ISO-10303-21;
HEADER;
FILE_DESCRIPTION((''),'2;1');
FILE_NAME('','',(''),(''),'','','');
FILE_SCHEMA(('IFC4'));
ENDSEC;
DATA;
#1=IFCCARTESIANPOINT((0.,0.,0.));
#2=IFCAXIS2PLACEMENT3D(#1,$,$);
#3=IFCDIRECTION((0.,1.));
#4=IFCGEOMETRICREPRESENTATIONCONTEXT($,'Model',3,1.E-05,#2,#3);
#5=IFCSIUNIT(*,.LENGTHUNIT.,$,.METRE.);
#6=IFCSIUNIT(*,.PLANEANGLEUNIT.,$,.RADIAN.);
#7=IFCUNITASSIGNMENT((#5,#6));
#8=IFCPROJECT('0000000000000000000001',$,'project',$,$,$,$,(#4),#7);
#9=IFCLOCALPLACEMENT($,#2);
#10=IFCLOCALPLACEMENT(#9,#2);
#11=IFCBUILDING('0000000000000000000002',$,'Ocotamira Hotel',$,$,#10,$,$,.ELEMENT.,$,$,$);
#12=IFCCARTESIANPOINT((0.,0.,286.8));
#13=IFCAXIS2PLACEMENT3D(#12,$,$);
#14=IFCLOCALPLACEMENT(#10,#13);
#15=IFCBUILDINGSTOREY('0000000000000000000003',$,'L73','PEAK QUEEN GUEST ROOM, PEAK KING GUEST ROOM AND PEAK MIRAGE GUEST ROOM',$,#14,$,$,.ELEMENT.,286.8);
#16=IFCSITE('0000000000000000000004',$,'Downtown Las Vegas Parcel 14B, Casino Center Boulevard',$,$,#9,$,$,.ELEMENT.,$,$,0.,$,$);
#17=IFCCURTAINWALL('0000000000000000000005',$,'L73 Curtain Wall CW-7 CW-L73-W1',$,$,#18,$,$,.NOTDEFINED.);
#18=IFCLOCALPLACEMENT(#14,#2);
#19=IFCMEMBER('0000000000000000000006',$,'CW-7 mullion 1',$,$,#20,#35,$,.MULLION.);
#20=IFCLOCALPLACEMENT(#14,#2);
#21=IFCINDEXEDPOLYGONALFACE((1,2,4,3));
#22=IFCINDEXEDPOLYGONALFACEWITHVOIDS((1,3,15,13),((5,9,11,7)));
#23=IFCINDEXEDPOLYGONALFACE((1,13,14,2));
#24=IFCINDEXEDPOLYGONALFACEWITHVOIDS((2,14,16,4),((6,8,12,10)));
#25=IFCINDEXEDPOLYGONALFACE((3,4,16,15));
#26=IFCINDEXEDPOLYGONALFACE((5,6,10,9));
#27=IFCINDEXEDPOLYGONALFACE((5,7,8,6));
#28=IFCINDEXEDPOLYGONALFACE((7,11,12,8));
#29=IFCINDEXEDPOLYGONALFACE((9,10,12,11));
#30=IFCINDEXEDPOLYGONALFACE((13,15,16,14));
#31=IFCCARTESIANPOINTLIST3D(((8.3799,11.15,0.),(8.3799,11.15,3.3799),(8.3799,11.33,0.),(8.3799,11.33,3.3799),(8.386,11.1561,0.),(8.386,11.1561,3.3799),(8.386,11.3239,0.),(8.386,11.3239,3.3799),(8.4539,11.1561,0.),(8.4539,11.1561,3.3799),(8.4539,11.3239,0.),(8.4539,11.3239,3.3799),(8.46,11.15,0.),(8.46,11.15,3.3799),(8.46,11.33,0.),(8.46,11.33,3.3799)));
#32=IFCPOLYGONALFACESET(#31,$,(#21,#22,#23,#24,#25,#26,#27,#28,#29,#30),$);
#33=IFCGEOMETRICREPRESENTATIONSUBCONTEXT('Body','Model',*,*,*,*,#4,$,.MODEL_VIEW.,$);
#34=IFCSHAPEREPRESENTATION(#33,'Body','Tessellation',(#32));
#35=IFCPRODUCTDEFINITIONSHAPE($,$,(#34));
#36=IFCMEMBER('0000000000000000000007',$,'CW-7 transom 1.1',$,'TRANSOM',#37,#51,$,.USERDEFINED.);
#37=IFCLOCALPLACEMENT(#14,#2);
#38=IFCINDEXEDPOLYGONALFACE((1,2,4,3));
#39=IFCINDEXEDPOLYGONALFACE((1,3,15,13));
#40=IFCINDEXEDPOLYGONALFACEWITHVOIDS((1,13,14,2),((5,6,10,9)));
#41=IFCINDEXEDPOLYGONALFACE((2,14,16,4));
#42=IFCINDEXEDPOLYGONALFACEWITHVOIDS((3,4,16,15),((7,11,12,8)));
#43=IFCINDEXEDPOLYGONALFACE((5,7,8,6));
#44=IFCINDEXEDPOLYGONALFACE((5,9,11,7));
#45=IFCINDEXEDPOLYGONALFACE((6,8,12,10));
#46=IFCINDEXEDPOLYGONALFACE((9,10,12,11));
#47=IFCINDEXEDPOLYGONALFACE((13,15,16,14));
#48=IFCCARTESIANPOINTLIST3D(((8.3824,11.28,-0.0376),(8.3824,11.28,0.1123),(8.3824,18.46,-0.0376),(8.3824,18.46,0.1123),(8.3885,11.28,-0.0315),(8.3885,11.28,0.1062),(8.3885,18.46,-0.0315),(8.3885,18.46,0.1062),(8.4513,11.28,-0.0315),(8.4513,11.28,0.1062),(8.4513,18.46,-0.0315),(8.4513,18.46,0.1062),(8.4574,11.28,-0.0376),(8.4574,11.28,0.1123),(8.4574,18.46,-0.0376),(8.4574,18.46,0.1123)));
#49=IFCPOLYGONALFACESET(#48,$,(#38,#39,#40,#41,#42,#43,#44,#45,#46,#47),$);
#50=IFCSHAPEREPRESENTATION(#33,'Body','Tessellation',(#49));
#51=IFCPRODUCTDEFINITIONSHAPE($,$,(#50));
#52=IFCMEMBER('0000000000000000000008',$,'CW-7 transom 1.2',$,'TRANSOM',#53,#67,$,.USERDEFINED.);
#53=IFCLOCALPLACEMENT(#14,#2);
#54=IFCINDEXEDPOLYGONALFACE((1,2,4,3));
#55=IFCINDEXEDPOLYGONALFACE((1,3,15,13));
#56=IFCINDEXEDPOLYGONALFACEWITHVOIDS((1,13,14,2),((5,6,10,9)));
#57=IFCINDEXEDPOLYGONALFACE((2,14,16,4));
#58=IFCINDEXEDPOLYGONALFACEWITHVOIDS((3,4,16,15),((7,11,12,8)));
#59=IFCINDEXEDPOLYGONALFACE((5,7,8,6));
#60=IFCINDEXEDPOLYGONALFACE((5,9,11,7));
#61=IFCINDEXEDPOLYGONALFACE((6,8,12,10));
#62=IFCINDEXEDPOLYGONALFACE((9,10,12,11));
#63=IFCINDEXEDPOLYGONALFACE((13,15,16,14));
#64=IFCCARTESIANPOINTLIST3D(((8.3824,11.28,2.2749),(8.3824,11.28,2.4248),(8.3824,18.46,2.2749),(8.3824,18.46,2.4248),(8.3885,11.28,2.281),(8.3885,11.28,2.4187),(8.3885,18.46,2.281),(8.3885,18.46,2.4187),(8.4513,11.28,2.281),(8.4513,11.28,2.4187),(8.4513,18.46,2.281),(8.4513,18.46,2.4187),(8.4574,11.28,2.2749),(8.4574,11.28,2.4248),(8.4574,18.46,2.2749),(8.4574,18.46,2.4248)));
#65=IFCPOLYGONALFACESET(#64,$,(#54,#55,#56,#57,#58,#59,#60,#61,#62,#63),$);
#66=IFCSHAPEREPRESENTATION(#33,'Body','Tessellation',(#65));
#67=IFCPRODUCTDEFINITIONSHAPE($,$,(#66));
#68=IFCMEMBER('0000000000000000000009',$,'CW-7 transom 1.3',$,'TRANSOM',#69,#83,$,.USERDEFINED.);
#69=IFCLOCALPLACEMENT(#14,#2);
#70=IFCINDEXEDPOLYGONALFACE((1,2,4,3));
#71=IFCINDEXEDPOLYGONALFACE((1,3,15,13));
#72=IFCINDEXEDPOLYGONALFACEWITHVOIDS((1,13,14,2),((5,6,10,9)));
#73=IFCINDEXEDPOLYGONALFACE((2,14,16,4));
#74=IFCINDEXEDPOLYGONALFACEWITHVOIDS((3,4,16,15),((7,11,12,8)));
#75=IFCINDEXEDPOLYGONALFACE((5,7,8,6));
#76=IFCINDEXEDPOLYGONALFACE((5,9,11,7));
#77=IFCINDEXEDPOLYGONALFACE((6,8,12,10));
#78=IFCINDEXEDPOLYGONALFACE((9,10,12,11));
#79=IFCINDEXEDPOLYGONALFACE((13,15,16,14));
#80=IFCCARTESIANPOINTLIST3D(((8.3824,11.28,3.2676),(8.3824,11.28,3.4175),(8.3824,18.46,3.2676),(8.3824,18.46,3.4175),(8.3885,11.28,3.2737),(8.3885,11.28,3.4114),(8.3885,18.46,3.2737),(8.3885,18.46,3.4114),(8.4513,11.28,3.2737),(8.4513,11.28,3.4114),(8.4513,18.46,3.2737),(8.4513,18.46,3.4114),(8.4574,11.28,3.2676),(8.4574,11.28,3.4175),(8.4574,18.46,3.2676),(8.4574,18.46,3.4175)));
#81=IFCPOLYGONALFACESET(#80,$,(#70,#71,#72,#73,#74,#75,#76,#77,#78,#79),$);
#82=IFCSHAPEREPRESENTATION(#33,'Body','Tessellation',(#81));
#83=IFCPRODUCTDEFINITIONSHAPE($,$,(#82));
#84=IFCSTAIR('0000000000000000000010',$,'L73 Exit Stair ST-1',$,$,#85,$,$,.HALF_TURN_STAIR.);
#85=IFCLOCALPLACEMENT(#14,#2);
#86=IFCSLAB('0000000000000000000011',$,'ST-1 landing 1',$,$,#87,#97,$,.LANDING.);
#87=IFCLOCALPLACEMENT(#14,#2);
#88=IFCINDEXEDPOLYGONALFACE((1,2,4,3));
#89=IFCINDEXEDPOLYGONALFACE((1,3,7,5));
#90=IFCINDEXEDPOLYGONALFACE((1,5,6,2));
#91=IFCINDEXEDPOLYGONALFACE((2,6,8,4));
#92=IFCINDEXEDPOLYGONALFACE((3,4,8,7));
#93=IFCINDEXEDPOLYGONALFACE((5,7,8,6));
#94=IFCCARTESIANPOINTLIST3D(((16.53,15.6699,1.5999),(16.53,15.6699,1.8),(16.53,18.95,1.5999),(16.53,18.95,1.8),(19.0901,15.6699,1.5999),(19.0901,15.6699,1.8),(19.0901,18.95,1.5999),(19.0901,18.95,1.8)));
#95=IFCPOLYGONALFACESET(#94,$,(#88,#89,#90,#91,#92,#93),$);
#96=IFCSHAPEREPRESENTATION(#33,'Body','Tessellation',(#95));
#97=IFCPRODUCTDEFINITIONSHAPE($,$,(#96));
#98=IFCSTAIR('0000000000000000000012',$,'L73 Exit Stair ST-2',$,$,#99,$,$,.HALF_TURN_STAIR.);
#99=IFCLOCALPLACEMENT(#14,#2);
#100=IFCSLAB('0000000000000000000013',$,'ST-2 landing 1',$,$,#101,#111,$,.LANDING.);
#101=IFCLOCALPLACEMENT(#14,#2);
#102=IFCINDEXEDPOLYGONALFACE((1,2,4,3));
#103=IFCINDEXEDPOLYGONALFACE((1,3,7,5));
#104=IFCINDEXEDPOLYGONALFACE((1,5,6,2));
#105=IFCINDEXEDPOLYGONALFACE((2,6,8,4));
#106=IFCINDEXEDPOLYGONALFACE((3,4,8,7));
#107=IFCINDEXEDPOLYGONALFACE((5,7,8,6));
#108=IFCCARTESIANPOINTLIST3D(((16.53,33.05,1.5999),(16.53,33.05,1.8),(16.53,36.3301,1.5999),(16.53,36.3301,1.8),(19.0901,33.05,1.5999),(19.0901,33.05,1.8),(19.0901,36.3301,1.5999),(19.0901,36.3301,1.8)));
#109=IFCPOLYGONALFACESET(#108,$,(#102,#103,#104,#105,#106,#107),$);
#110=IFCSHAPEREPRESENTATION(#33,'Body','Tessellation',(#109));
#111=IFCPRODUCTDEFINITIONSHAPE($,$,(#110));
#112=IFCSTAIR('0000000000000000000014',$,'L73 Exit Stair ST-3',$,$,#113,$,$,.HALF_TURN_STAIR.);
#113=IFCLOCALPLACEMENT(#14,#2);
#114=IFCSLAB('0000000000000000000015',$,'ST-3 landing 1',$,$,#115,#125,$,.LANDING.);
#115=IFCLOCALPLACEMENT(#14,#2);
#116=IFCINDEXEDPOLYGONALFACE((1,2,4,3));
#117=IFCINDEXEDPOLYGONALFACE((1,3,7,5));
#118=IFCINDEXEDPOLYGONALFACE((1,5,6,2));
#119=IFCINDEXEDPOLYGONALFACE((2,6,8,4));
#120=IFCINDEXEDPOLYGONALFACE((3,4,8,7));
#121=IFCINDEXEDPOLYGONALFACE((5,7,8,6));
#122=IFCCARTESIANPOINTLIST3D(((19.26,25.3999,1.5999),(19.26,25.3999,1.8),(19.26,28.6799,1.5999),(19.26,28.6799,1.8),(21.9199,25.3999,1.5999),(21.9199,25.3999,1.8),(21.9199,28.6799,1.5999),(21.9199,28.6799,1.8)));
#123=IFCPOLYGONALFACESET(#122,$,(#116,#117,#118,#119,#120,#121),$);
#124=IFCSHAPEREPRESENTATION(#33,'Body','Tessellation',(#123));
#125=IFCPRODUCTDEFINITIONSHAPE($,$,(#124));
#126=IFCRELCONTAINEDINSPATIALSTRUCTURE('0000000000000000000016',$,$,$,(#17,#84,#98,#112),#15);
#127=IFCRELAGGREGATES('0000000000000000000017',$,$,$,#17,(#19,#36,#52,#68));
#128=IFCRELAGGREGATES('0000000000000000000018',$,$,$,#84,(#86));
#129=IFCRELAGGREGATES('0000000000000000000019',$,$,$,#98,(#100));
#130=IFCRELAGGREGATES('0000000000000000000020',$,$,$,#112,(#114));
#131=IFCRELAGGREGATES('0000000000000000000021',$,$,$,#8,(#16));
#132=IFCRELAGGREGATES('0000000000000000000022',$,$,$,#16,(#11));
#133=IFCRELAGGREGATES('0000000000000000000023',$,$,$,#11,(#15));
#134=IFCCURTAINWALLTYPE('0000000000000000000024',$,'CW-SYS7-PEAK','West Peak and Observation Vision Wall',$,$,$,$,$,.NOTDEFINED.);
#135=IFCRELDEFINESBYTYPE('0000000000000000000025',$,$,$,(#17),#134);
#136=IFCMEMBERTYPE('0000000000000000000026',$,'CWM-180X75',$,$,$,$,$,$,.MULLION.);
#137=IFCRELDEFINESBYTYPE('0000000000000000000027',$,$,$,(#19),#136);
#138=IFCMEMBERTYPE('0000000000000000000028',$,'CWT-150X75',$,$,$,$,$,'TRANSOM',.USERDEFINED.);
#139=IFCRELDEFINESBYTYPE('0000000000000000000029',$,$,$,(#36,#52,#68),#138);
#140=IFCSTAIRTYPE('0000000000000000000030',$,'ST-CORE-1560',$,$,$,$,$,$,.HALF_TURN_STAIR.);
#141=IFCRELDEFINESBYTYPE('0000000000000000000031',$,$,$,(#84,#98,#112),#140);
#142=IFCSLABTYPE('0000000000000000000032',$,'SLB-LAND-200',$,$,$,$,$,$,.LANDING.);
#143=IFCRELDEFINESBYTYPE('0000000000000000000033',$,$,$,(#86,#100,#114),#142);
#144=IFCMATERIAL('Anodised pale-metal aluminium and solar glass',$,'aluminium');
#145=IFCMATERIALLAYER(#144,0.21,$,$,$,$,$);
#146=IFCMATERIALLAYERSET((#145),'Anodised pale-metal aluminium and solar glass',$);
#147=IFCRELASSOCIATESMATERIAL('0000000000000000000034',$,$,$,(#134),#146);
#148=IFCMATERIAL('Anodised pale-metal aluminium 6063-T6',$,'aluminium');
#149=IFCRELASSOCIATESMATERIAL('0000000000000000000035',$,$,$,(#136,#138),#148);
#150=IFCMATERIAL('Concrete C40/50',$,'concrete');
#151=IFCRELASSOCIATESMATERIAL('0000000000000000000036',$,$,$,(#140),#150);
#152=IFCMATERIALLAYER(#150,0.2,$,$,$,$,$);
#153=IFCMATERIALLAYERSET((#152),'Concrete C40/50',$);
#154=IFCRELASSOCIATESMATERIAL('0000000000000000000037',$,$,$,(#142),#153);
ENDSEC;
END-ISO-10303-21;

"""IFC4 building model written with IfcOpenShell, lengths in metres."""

from ifc_helpers import new_model, si_unit, direction, frame, origin, origin_2d, place, context, subcontext, project, spatial, polyline, hollow_rectangle, outline, extrude, source, transform, mapped, material, layer, layer_set, material_profile, profile_set, type_object, element, aggregate, save


model = new_model("IFC4")

# Units and contexts
model_context = context("Model", 3, precision=1e-05, world=origin(), true_north=direction((0.0, 1.0)))
body_context = subcontext(model_context, "Body", "Model", "MODEL_VIEW")
ifc_project = project(units=[si_unit("LENGTHUNIT", "METRE"), si_unit("PLANEANGLEUNIT", "RADIAN")], contexts=[model_context])

# Site, building, storey
site_placement = place(None, origin())
site = spatial("IfcSite", under=ifc_project, at=site_placement, Name="Downtown Las Vegas Parcel 14B, Casino Center Boulevard", CompositionType="ELEMENT", RefElevation=0.0)
building_placement = place(site_placement, origin())
building = spatial("IfcBuilding", under=site, at=building_placement, Name="Ocotamira Hotel", CompositionType="ELEMENT")
storey_placement = place(building_placement, frame((0.0, 0.0, 286.8)))
storey = spatial("IfcBuildingStorey", under=building, at=storey_placement, Name="L73", Description="PEAK QUEEN GUEST ROOM, PEAK KING GUEST ROOM AND PEAK MIRAGE GUEST ROOM", CompositionType="ELEMENT", Elevation=286.8)

# Curtain wall, members
ifc_material_1 = material(Name="Anodised pale-metal aluminium and solar glass", Category="aluminium")
ifc_layer_1 = layer(ifc_material_1, 0.21)
ifc_layer_set_1 = layer_set([ifc_layer_1], Name="Anodised pale-metal aluminium and solar glass")
curtain_wall_type = type_object("IfcCurtainWallType", Name="CW-SYS7-PEAK", Description="West Peak and Observation Vision Wall", PredefinedType="NOTDEFINED", material=ifc_layer_set_1)
curtain_wall_placement = place(storey_placement, origin())
curtain_wall = element("IfcCurtainWall", 1, at=curtain_wall_placement, inside=storey, type_object=curtain_wall_type, Name="L73 Curtain Wall CW-7 CW-L73-W1", PredefinedType="NOTDEFINED")
ifc_material_2 = material(Name="Anodised pale-metal aluminium 6063-T6", Category="aluminium")
ifc_material_profile_1 = material_profile(ifc_material_2, hollow_rectangle(XDim=0.0801, YDim=0.1799, WallThickness=0.0061, at=origin_2d()), Name="HSS180X80X6")
ifc_profile_set_1 = profile_set([ifc_material_profile_1], Name="Anodised pale-metal aluminium 6063-T6")
member_type_1 = type_object("IfcMemberType", Name="CWM-180X75", PredefinedType="MULLION", material=ifc_profile_set_1)
shared_shape_1 = source(origin(), body_context, "Body", "SweptSolid", [
    extrude(hollow_rectangle(XDim=0.0801, YDim=0.1799, WallThickness=0.0061, at=origin_2d()), origin(), (0.0, 0.0, 1.0), 3.3799),
])
member_1_placement = place(storey_placement, frame((8.4199, 11.24, 0.0), z_axis=(0.0, 0.0, 1.0), x_axis=(-1.0, 0.0, 0.0)))
member_1 = element("IfcMember", 2, at=member_1_placement, type_object=member_type_1, Name="CW-7 mullion 1", PredefinedType="MULLION", context=body_context, shape_type="MappedRepresentation", body=[
    mapped(shared_shape_1, transform((0.0, 0.0, 0.0), scale=1.0)),
])
ifc_material_profile_2 = material_profile(ifc_material_2, hollow_rectangle(XDim=0.075, YDim=0.1499, WallThickness=0.0061, at=origin_2d()), Name="HSS150X75X6")
ifc_profile_set_2 = profile_set([ifc_material_profile_2], Name="Anodised pale-metal aluminium 6063-T6")
member_type_2 = type_object("IfcMemberType", Name="CWT-150X75", ElementType="TRANSOM", PredefinedType="USERDEFINED", material=ifc_profile_set_2)
shared_shape_2 = source(origin(), body_context, "Body", "SweptSolid", [
    extrude(hollow_rectangle(XDim=0.075, YDim=0.1499, WallThickness=0.0061, at=origin_2d()), origin(), (0.0, 0.0, 1.0), 7.1799),
])
member_2_placement = place(storey_placement, frame((8.4199, 11.28, 0.0374), z_axis=(0.0, 1.0, 0.0), x_axis=(-1.0, 0.0, 0.0)))
member_2 = element("IfcMember", 3, at=member_2_placement, type_object=member_type_2, Name="CW-7 transom 1.1", ObjectType="TRANSOM", PredefinedType="USERDEFINED", context=body_context, shape_type="MappedRepresentation", body=[
    mapped(shared_shape_2, transform((0.0, 0.0, 0.0), scale=1.0)),
])
member_3_placement = place(storey_placement, frame((8.4199, 11.28, 2.3499), z_axis=(0.0, 1.0, 0.0), x_axis=(-1.0, 0.0, 0.0)))
member_3 = element("IfcMember", 4, at=member_3_placement, type_object=member_type_2, Name="CW-7 transom 1.2", ObjectType="TRANSOM", PredefinedType="USERDEFINED", context=body_context, shape_type="MappedRepresentation", body=[
    mapped(shared_shape_2, transform((0.0, 0.0, 0.0), scale=1.0)),
])
member_4_placement = place(storey_placement, frame((8.4199, 11.28, 3.3425), z_axis=(0.0, 1.0, 0.0), x_axis=(-1.0, 0.0, 0.0)))
member_4 = element("IfcMember", 5, at=member_4_placement, type_object=member_type_2, Name="CW-7 transom 1.3", ObjectType="TRANSOM", PredefinedType="USERDEFINED", context=body_context, shape_type="MappedRepresentation", body=[
    mapped(shared_shape_2, transform((0.0, 0.0, 0.0), scale=1.0)),
])
aggregate(curtain_wall, [member_1, member_2, member_3, member_4])

# Stairs, slabs
ifc_material_3 = material(Name="Concrete C40/50", Category="concrete")
stair_type = type_object("IfcStairType", Name="ST-CORE-1560", PredefinedType="HALF_TURN_STAIR", material=ifc_material_3)
stair_1_placement = place(storey_placement, origin())
stair_1 = element("IfcStair", 6, at=stair_1_placement, inside=storey, type_object=stair_type, Name="L73 Exit Stair ST-1", PredefinedType="HALF_TURN_STAIR")
ifc_layer_2 = layer(ifc_material_3, 0.2)
ifc_layer_set_2 = layer_set([ifc_layer_2], Name="Concrete C40/50")
slab_type_1 = type_object("IfcSlabType", Name="SLB-LAND-200", PredefinedType="LANDING", material=ifc_layer_set_2)
slab_1_placement = place(storey_placement, frame((0.0, 0.0, 1.5999)))
slab_1 = element("IfcSlab", 7, at=slab_1_placement, type_object=slab_type_1, Name="ST-1 landing 1", PredefinedType="LANDING", context=body_context, shape_type="SweptSolid", body=[
    extrude(outline(polyline([(16.53, 15.6699), (19.0901, 15.6699), (19.0901, 18.95), (16.53, 18.95), (16.53, 15.6699)])), origin(), (0.0, 0.0, 1.0), 0.2002),
])
aggregate(stair_1, [slab_1])
stair_2_placement = place(storey_placement, origin())
stair_2 = element("IfcStair", 8, at=stair_2_placement, inside=storey, type_object=stair_type, Name="L73 Exit Stair ST-2", PredefinedType="HALF_TURN_STAIR")
slab_2_placement = place(storey_placement, frame((0.0, 0.0, 1.5999)))
slab_2 = element("IfcSlab", 9, at=slab_2_placement, type_object=slab_type_1, Name="ST-2 landing 1", PredefinedType="LANDING", context=body_context, shape_type="SweptSolid", body=[
    extrude(outline(polyline([(16.53, 33.05), (19.0901, 33.05), (19.0901, 36.3301), (16.53, 36.3301), (16.53, 33.05)])), origin(), (0.0, 0.0, 1.0), 0.2002),
])
aggregate(stair_2, [slab_2])
stair_3_placement = place(storey_placement, origin())
stair_3 = element("IfcStair", 10, at=stair_3_placement, inside=storey, type_object=stair_type, Name="L73 Exit Stair ST-3", PredefinedType="HALF_TURN_STAIR")
slab_3_placement = place(storey_placement, frame((0.0, 0.0, 1.5999)))
slab_3 = element("IfcSlab", 11, at=slab_3_placement, type_object=slab_type_1, Name="ST-3 landing 1", PredefinedType="LANDING", context=body_context, shape_type="SweptSolid", body=[
    extrude(outline(polyline([(19.26, 25.3999), (21.9199, 25.3999), (21.9199, 28.6799), (19.26, 28.6799), (19.26, 25.3999)])), origin(), (0.0, 0.0, 1.0), 0.2002),
])
aggregate(stair_3, [slab_3])

save(model, "model.ifc")
